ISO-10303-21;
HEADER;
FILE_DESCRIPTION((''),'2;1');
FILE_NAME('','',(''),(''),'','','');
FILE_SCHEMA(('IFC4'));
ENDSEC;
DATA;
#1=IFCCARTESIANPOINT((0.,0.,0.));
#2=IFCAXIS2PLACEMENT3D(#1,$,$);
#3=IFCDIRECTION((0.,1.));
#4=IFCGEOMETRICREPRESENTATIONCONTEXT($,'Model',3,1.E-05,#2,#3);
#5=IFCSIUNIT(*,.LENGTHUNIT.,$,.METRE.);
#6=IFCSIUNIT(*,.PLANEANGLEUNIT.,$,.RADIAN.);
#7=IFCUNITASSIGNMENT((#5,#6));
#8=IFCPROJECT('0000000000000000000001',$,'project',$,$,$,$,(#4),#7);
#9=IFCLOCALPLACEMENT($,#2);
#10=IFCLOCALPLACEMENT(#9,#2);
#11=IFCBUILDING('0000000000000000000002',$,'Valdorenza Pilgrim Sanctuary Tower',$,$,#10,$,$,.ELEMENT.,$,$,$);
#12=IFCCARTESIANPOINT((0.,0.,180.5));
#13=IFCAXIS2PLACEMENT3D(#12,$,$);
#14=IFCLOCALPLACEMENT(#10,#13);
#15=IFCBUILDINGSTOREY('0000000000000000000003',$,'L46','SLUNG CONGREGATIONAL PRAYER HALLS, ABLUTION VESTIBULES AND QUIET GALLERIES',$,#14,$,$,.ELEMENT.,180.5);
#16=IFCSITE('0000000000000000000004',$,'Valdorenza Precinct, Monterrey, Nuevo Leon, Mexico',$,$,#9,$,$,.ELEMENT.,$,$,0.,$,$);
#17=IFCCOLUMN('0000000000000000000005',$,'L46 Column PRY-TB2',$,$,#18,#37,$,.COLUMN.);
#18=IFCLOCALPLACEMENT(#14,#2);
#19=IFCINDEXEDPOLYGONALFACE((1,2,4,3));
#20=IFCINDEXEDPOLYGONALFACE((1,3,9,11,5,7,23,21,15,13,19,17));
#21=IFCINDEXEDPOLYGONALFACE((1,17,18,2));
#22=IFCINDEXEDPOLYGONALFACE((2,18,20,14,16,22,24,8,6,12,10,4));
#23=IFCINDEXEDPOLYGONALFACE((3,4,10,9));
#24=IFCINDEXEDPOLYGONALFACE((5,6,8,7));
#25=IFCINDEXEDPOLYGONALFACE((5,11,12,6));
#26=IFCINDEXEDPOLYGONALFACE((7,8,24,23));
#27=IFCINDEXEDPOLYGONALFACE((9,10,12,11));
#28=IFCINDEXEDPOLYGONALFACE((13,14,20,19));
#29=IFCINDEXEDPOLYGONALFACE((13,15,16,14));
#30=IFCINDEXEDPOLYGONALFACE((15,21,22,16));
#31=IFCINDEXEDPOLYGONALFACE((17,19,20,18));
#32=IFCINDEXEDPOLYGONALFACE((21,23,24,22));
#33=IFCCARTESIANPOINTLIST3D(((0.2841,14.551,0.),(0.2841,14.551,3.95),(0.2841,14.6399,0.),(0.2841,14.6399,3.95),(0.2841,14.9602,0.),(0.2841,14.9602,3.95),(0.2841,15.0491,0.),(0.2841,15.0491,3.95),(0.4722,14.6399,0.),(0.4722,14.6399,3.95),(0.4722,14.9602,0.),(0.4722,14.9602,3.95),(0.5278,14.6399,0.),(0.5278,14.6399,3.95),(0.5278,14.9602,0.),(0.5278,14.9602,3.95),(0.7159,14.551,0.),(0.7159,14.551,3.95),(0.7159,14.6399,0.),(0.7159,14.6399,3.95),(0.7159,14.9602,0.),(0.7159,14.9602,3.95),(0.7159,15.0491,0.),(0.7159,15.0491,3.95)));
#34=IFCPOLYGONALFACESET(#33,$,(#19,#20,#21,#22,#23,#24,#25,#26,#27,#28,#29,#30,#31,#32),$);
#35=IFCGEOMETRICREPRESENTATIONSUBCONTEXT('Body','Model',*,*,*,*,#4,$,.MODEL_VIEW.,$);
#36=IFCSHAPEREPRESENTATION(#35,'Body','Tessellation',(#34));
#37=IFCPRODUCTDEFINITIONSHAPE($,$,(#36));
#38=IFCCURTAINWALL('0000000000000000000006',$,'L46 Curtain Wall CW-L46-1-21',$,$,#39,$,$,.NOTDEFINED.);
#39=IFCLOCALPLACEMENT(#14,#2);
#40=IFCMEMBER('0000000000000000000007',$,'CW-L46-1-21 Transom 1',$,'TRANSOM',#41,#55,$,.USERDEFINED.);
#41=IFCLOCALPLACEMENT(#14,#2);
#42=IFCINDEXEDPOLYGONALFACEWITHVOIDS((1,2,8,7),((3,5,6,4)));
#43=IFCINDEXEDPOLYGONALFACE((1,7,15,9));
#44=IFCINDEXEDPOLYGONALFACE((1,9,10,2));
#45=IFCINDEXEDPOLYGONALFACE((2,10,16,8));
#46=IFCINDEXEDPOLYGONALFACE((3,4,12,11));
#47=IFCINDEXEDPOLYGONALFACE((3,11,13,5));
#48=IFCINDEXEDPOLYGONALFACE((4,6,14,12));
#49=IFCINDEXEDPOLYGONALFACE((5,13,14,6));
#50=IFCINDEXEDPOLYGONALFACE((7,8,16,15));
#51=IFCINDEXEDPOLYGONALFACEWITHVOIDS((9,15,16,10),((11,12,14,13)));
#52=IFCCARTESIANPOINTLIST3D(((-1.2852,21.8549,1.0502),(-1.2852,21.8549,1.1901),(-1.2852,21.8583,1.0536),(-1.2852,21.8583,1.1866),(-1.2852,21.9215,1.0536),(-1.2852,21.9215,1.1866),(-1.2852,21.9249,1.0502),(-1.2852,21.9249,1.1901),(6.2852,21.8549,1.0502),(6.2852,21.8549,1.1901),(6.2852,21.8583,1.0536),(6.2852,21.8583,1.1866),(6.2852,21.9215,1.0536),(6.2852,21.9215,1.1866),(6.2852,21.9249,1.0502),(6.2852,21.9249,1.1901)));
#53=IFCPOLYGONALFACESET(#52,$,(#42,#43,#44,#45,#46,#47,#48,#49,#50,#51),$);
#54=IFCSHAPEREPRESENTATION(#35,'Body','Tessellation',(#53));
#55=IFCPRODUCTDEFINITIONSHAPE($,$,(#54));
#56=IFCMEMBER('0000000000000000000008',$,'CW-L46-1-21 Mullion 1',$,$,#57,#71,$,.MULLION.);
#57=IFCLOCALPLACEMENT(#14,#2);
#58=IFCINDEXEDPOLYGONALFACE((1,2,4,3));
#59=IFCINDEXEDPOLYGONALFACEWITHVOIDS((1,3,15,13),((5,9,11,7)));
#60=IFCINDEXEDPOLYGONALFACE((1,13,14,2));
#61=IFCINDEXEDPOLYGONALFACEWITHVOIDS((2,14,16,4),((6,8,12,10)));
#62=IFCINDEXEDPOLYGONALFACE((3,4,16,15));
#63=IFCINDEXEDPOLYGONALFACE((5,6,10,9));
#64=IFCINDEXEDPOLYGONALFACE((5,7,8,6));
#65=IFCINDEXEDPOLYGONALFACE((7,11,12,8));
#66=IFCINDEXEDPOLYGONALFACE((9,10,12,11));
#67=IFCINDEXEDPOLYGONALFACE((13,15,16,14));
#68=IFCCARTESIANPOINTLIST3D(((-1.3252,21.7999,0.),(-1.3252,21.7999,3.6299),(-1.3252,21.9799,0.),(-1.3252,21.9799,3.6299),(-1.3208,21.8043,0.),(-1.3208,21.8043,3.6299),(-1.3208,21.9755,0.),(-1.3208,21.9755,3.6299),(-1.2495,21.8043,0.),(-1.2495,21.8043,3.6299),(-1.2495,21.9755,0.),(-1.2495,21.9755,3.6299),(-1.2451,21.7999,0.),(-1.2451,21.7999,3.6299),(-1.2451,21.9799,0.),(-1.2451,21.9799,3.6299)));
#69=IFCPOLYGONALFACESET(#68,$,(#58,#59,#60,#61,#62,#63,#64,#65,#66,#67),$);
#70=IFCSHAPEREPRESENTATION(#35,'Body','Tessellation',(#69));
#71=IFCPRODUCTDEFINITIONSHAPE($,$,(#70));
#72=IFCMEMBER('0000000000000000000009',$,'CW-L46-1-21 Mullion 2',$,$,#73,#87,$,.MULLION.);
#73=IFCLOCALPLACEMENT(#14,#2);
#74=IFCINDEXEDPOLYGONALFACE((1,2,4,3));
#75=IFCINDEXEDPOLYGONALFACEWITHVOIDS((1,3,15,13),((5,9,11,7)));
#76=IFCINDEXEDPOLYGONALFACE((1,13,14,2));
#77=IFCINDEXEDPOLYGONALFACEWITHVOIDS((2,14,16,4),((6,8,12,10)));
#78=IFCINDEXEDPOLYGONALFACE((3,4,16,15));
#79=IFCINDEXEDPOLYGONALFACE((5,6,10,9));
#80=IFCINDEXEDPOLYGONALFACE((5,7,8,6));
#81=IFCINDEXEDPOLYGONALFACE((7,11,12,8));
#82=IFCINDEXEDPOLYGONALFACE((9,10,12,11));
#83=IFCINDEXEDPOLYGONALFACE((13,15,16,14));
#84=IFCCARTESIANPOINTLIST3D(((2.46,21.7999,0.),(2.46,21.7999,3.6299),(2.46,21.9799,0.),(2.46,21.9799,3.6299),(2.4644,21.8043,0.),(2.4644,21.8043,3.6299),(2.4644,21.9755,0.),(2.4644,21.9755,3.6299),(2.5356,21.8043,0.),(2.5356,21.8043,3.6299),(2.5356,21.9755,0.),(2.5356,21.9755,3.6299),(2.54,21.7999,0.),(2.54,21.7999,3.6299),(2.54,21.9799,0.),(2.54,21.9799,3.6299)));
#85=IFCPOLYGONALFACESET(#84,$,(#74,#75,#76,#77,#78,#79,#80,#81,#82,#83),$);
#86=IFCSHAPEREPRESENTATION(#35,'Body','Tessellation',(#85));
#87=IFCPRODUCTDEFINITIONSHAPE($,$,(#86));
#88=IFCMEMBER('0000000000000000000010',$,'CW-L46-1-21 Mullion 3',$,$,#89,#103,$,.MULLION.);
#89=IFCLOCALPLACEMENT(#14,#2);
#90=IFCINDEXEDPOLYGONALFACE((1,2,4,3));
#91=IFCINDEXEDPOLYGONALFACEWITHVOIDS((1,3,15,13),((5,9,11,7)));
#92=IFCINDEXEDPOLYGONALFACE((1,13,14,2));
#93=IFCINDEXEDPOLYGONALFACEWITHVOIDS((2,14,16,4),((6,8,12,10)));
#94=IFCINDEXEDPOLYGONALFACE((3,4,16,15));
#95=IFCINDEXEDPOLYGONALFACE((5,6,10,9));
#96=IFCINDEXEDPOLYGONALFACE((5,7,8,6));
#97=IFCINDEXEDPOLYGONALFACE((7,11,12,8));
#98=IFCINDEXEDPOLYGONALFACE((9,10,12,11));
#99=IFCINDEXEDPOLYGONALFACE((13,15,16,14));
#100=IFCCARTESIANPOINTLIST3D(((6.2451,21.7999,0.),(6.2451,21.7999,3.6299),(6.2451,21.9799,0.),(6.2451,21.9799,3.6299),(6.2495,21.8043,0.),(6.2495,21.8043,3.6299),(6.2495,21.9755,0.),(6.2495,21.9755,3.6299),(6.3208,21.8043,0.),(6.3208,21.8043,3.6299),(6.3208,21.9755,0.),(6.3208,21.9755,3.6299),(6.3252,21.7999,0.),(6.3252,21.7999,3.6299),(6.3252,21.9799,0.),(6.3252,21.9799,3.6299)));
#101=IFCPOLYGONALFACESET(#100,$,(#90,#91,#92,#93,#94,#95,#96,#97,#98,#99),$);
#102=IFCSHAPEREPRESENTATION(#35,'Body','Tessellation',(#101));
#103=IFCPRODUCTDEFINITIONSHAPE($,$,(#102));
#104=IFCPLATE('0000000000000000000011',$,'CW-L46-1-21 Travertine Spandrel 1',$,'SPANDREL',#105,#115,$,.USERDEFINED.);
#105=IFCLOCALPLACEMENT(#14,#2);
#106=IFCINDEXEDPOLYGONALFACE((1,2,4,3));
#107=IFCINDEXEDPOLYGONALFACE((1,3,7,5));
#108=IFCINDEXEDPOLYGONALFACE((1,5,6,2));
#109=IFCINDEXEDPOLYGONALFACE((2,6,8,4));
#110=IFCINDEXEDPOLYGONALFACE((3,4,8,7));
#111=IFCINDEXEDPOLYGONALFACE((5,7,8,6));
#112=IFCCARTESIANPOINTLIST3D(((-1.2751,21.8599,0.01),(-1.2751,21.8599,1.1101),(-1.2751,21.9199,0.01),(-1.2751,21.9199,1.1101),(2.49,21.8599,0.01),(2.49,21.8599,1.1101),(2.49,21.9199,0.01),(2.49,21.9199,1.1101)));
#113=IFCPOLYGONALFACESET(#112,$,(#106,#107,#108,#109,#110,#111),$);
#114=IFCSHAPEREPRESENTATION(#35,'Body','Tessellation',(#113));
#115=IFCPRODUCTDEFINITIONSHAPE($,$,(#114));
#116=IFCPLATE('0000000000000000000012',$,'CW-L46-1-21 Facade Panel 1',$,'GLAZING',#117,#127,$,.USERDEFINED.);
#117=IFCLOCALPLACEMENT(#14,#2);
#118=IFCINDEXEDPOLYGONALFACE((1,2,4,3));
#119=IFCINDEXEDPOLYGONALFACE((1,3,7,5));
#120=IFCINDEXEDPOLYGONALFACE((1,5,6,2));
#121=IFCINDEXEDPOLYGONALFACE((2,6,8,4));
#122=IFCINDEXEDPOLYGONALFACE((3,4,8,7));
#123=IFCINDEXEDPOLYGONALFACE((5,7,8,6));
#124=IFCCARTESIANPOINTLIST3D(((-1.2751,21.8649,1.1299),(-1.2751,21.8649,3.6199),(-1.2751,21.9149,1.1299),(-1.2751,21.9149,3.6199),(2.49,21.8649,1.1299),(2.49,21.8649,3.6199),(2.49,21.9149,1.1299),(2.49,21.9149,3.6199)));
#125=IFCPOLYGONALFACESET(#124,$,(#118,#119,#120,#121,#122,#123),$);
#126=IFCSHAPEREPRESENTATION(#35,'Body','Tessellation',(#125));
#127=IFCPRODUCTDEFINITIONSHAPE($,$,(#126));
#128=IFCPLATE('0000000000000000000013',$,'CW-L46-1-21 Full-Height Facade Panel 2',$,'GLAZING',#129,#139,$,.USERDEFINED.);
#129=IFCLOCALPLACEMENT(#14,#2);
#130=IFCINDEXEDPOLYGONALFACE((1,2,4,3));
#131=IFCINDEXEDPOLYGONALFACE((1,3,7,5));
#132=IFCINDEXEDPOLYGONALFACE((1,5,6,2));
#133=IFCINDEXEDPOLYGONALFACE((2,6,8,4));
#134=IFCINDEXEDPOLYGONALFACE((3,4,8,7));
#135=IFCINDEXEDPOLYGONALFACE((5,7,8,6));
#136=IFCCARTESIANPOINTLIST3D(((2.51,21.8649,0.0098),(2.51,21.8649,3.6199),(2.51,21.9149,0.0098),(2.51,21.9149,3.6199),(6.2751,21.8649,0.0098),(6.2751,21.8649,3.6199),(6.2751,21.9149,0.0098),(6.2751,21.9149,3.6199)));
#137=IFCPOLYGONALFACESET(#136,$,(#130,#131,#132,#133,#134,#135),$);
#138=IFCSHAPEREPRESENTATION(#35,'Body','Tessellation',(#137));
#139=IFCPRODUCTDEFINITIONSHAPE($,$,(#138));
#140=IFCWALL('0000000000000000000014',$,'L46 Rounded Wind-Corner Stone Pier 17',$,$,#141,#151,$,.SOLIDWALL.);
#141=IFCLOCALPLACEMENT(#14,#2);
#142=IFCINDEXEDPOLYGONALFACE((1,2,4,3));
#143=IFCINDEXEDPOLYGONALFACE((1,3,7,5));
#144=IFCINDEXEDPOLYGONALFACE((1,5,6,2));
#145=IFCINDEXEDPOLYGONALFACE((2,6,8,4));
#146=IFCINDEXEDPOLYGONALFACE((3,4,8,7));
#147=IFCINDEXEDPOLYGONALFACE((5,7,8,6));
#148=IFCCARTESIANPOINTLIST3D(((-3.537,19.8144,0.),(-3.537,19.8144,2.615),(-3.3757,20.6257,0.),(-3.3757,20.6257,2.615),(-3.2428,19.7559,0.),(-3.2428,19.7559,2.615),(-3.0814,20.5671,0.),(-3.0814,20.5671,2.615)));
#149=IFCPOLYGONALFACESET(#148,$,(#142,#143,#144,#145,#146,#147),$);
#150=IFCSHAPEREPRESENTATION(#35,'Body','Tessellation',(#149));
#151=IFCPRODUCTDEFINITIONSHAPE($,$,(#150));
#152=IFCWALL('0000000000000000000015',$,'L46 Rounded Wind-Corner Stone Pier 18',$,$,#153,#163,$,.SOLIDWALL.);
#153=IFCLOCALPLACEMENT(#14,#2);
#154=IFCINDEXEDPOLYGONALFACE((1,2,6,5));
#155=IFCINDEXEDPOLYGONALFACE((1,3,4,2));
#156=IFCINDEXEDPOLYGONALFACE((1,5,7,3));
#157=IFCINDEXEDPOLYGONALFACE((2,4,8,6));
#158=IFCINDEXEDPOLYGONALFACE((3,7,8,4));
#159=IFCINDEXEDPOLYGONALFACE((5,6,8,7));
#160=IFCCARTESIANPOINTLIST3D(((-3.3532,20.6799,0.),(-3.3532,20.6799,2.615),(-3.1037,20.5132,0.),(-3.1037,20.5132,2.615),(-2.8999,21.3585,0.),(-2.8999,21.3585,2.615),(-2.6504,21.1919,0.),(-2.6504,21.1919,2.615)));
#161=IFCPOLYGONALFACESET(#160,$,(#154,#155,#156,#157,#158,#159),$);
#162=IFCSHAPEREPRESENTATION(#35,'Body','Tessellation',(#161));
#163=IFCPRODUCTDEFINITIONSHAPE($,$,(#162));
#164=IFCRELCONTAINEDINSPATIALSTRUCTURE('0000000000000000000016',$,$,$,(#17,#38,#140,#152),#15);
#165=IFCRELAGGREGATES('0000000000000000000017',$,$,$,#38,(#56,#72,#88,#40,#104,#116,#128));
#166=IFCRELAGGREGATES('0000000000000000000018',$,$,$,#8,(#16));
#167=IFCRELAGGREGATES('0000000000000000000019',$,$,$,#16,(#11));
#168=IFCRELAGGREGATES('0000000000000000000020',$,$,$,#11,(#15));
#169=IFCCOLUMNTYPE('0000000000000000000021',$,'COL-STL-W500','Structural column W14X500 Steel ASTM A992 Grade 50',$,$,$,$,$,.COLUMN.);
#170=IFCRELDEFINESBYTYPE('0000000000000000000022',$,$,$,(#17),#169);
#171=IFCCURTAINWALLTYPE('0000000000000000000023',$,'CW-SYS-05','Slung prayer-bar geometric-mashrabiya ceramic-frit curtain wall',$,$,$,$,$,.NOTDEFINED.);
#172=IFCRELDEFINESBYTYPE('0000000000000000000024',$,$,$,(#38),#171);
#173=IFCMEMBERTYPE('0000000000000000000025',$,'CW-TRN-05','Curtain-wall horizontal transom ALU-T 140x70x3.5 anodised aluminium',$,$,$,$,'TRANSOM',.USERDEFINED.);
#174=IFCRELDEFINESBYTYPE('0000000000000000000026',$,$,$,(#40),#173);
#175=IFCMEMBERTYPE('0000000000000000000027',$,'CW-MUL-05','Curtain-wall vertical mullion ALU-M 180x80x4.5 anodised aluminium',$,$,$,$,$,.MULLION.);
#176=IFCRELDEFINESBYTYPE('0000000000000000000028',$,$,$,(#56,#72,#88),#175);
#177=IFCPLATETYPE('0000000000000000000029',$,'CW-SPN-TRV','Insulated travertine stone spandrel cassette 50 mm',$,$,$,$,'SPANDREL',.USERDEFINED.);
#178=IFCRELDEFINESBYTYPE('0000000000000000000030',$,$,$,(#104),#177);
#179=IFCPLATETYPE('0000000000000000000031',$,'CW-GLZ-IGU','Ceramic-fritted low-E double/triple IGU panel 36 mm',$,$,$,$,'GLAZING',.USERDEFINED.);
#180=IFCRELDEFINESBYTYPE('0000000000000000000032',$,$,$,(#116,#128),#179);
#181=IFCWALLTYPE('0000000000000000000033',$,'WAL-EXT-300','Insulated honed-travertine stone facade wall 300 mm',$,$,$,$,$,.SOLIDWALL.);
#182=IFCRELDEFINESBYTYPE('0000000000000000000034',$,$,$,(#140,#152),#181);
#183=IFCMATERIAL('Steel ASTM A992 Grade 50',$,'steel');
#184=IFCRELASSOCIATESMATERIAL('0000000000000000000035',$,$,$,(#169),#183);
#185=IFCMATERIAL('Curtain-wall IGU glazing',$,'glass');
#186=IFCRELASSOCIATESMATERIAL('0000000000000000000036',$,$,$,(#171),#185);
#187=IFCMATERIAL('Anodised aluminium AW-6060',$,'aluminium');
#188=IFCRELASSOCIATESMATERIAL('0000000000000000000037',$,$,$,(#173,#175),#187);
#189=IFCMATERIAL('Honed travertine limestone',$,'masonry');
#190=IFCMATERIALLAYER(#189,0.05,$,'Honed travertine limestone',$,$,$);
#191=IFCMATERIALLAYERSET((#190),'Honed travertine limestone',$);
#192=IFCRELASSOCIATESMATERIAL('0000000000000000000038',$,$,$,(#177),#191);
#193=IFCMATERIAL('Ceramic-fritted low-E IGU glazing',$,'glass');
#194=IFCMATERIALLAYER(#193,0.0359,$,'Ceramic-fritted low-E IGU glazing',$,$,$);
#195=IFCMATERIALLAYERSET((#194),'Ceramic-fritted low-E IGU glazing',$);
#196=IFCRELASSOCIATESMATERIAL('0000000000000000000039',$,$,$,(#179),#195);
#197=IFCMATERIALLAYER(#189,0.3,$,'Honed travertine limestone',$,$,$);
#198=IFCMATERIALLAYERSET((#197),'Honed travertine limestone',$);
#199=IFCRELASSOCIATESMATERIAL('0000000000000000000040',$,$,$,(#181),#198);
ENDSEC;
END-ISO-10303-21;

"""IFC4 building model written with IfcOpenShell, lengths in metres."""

from ifc_helpers import new_model, si_unit, direction, frame, frame_2d, origin, origin_2d, place, context, subcontext, project, spatial, rectangle, hollow_rectangle, i_section, extrude, source, transform, mapped, material, layer, layer_set, material_profile, profile_set, type_object, element, aggregate, save


model = new_model("IFC4")

# Units and contexts
model_context = context("Model", 3, precision=1e-05, world=origin(), true_north=direction((0.0, 1.0)))
body_context = subcontext(model_context, "Body", "Model", "MODEL_VIEW")
ifc_project = project(units=[si_unit("LENGTHUNIT", "METRE"), si_unit("PLANEANGLEUNIT", "RADIAN")], contexts=[model_context])

# Site, building, storey
site_placement = place(None, origin())
site = spatial("IfcSite", under=ifc_project, at=site_placement, Name="Valdorenza Precinct, Monterrey, Nuevo Leon, Mexico", CompositionType="ELEMENT", RefElevation=0.0)
building_placement = place(site_placement, origin())
building = spatial("IfcBuilding", under=site, at=building_placement, Name="Valdorenza Pilgrim Sanctuary Tower", CompositionType="ELEMENT")
storey_placement = place(building_placement, frame((0.0, 0.0, 180.5)))
storey = spatial("IfcBuildingStorey", under=building, at=storey_placement, Name="L46", Description="SLUNG CONGREGATIONAL PRAYER HALLS, ABLUTION VESTIBULES AND QUIET GALLERIES", CompositionType="ELEMENT", Elevation=180.5)

# Column
ifc_material_1 = material(Name="Steel ASTM A992 Grade 50", Category="steel")
ifc_material_profile_1 = material_profile(ifc_material_1, i_section(OverallWidth=0.4319, OverallDepth=0.498, WebThickness=0.0557, FlangeThickness=0.0889, at=origin_2d()), Name="W14X500")
ifc_profile_set_1 = profile_set([ifc_material_profile_1], Name="Steel ASTM A992 Grade 50")
column_type = type_object("IfcColumnType", Name="COL-STL-W500", Description="Structural column W14X500 Steel ASTM A992 Grade 50", PredefinedType="COLUMN", material=ifc_profile_set_1)
shared_shape_1 = source(origin(), body_context, "Body", "SweptSolid", [
    extrude(i_section(OverallWidth=0.4319, OverallDepth=0.498, WebThickness=0.0557, FlangeThickness=0.0889, at=origin_2d()), origin(), (0.0, 0.0, 1.0), 3.95),
])
column_placement = place(storey_placement, frame((0.5, 14.8, 0.0), z_axis=(0.0, 0.0, 1.0), x_axis=(1.0, 0.0, 0.0)))
element("IfcColumn", 1, at=column_placement, inside=storey, type_object=column_type, Name="L46 Column PRY-TB2", PredefinedType="COLUMN", context=body_context, shape_type="MappedRepresentation", body=[
    mapped(shared_shape_1, transform((0.0, 0.0, 0.0), x_axis=(1.0, 0.0, 0.0), y_axis=(0.0, 1.0, 0.0), z_axis=(0.0, 0.0, 1.0), scale=1.0)),
])

# Curtain wall, members, plates
ifc_material_2 = material(Name="Curtain-wall IGU glazing", Category="glass")
curtain_wall_type = type_object("IfcCurtainWallType", Name="CW-SYS-05", Description="Slung prayer-bar geometric-mashrabiya ceramic-frit curtain wall", PredefinedType="NOTDEFINED", material=ifc_material_2)
curtain_wall_placement = place(storey_placement, origin())
curtain_wall = element("IfcCurtainWall", 2, at=curtain_wall_placement, inside=storey, type_object=curtain_wall_type, Name="L46 Curtain Wall CW-L46-1-21", PredefinedType="NOTDEFINED")
ifc_material_3 = material(Name="Anodised aluminium AW-6060", Category="aluminium")
ifc_material_profile_2 = material_profile(ifc_material_3, hollow_rectangle(XDim=0.0701, YDim=0.1399, WallThickness=0.0034, at=origin_2d()), Name="ALU-T 140x70x3.5")
ifc_profile_set_2 = profile_set([ifc_material_profile_2], Name="Anodised aluminium AW-6060")
member_type_1 = type_object("IfcMemberType", Name="CW-TRN-05", Description="Curtain-wall horizontal transom ALU-T 140x70x3.5 anodised aluminium", ElementType="TRANSOM", PredefinedType="USERDEFINED", material=ifc_profile_set_2)
shared_shape_2 = source(origin(), body_context, "Body", "SweptSolid", [
    extrude(hollow_rectangle(XDim=0.0701, YDim=0.1399, WallThickness=0.0034, at=origin_2d()), origin(), (0.0, 0.0, 1.0), 7.5703),
])
member_1_placement = place(storey_placement, frame((-1.2852, 21.8899, 1.1201), z_axis=(1.0, 0.0, 0.0), x_axis=(0.0, 1.0, 0.0)))
member_1 = element("IfcMember", 3, at=member_1_placement, type_object=member_type_1, Name="CW-L46-1-21 Transom 1", ObjectType="TRANSOM", PredefinedType="USERDEFINED", context=body_context, shape_type="MappedRepresentation", body=[
    mapped(shared_shape_2, transform((0.0, 0.0, 0.0), x_axis=(1.0, 0.0, 0.0), y_axis=(0.0, 1.0, 0.0), z_axis=(0.0, 0.0, 1.0), scale=1.0)),
])
ifc_material_profile_3 = material_profile(ifc_material_3, hollow_rectangle(XDim=0.0801, YDim=0.1799, WallThickness=0.0044, at=origin_2d()), Name="ALU-M 180x80x4.5")
ifc_profile_set_3 = profile_set([ifc_material_profile_3], Name="Anodised aluminium AW-6060")
member_type_2 = type_object("IfcMemberType", Name="CW-MUL-05", Description="Curtain-wall vertical mullion ALU-M 180x80x4.5 anodised aluminium", PredefinedType="MULLION", material=ifc_profile_set_3)
shared_shape_3 = source(origin(), body_context, "Body", "SweptSolid", [
    extrude(hollow_rectangle(XDim=0.0801, YDim=0.1799, WallThickness=0.0044, at=origin_2d()), origin(), (0.0, 0.0, 1.0), 3.6299),
])
member_2_placement = place(storey_placement, frame((-1.2852, 21.8899, 0.0), z_axis=(0.0, 0.0, 1.0), x_axis=(1.0, 0.0, 0.0)))
member_2 = element("IfcMember", 4, at=member_2_placement, type_object=member_type_2, Name="CW-L46-1-21 Mullion 1", PredefinedType="MULLION", context=body_context, shape_type="MappedRepresentation", body=[
    mapped(shared_shape_3, transform((0.0, 0.0, 0.0), x_axis=(1.0, 0.0, 0.0), y_axis=(0.0, 1.0, 0.0), z_axis=(0.0, 0.0, 1.0), scale=1.0)),
])
member_3_placement = place(storey_placement, frame((2.5, 21.8899, 0.0), z_axis=(0.0, 0.0, 1.0), x_axis=(1.0, 0.0, 0.0)))
member_3 = element("IfcMember", 5, at=member_3_placement, type_object=member_type_2, Name="CW-L46-1-21 Mullion 2", PredefinedType="MULLION", context=body_context, shape_type="MappedRepresentation", body=[
    mapped(shared_shape_3, transform((0.0, 0.0, 0.0), x_axis=(1.0, 0.0, 0.0), y_axis=(0.0, 1.0, 0.0), z_axis=(0.0, 0.0, 1.0), scale=1.0)),
])
member_4_placement = place(storey_placement, frame((6.2852, 21.8899, 0.0), z_axis=(0.0, 0.0, 1.0), x_axis=(1.0, 0.0, 0.0)))
member_4 = element("IfcMember", 6, at=member_4_placement, type_object=member_type_2, Name="CW-L46-1-21 Mullion 3", PredefinedType="MULLION", context=body_context, shape_type="MappedRepresentation", body=[
    mapped(shared_shape_3, transform((0.0, 0.0, 0.0), x_axis=(1.0, 0.0, 0.0), y_axis=(0.0, 1.0, 0.0), z_axis=(0.0, 0.0, 1.0), scale=1.0)),
])
ifc_material_4 = material(Name="Honed travertine limestone", Category="masonry")
ifc_layer_1 = layer(ifc_material_4, 0.05, Name="Honed travertine limestone")
ifc_layer_set_1 = layer_set([ifc_layer_1], Name="Honed travertine limestone")
plate_type_1 = type_object("IfcPlateType", Name="CW-SPN-TRV", Description="Insulated travertine stone spandrel cassette 50 mm", ElementType="SPANDREL", PredefinedType="USERDEFINED", material=ifc_layer_set_1)
shared_shape_4 = source(origin(), body_context, "Body", "SweptSolid", [
    extrude(rectangle(XDim=3.7651, YDim=0.0601, at=origin_2d()), origin(), (0.0, 0.0, 1.0), 1.1001),
])
plate_1_placement = place(storey_placement, frame((0.6074, 21.8899, 0.01), z_axis=(0.0, 0.0, 1.0), x_axis=(1.0, 0.0, 0.0)))
plate_1 = element("IfcPlate", 7, at=plate_1_placement, type_object=plate_type_1, Name="CW-L46-1-21 Travertine Spandrel 1", ObjectType="SPANDREL", PredefinedType="USERDEFINED", context=body_context, shape_type="MappedRepresentation", body=[
    mapped(shared_shape_4, transform((0.0, 0.0, 0.0), x_axis=(1.0, 0.0, 0.0), y_axis=(0.0, 1.0, 0.0), z_axis=(0.0, 0.0, 1.0), scale=1.0)),
])
ifc_material_5 = material(Name="Ceramic-fritted low-E IGU glazing", Category="glass")
ifc_layer_2 = layer(ifc_material_5, 0.0359, Name="Ceramic-fritted low-E IGU glazing")
ifc_layer_set_2 = layer_set([ifc_layer_2], Name="Ceramic-fritted low-E IGU glazing")
plate_type_2 = type_object("IfcPlateType", Name="CW-GLZ-IGU", Description="Ceramic-fritted low-E double/triple IGU panel 36 mm", ElementType="GLAZING", PredefinedType="USERDEFINED", material=ifc_layer_set_2)
shared_shape_5 = source(origin(), body_context, "Body", "SweptSolid", [
    extrude(rectangle(XDim=3.7651, YDim=0.05, at=origin_2d()), origin(), (0.0, 0.0, 1.0), 2.49),
])
plate_2_placement = place(storey_placement, frame((0.6074, 21.8899, 1.1299), z_axis=(0.0, 0.0, 1.0), x_axis=(1.0, 0.0, 0.0)))
plate_2 = element("IfcPlate", 8, at=plate_2_placement, type_object=plate_type_2, Name="CW-L46-1-21 Facade Panel 1", ObjectType="GLAZING", PredefinedType="USERDEFINED", context=body_context, shape_type="MappedRepresentation", body=[
    mapped(shared_shape_5, transform((0.0, 0.0, 0.0), x_axis=(1.0, 0.0, 0.0), y_axis=(0.0, 1.0, 0.0), z_axis=(0.0, 0.0, 1.0), scale=1.0)),
])
shared_shape_6 = source(origin(), body_context, "Body", "SweptSolid", [
    extrude(rectangle(XDim=3.7651, YDim=0.05, at=origin_2d()), origin(), (0.0, 0.0, 1.0), 3.6101),
])
plate_3_placement = place(storey_placement, frame((4.3926, 21.8899, 0.0098), z_axis=(0.0, 0.0, 1.0), x_axis=(1.0, 0.0, 0.0)))
plate_3 = element("IfcPlate", 9, at=plate_3_placement, type_object=plate_type_2, Name="CW-L46-1-21 Full-Height Facade Panel 2", ObjectType="GLAZING", PredefinedType="USERDEFINED", context=body_context, shape_type="MappedRepresentation", body=[
    mapped(shared_shape_6, transform((0.0, 0.0, 0.0), x_axis=(1.0, 0.0, 0.0), y_axis=(0.0, 1.0, 0.0), z_axis=(0.0, 0.0, 1.0), scale=1.0)),
])
aggregate(curtain_wall, [member_2, member_3, member_4, member_1, plate_1, plate_2, plate_3])

# Walls
ifc_layer_3 = layer(ifc_material_4, 0.3, Name="Honed travertine limestone")
ifc_layer_set_3 = layer_set([ifc_layer_3], Name="Honed travertine limestone")
wall_type_1 = type_object("IfcWallType", Name="WAL-EXT-300", Description="Insulated honed-travertine stone facade wall 300 mm", PredefinedType="SOLIDWALL", material=ifc_layer_set_3)
wall_1_placement = place(storey_placement, frame((-3.3899, 19.7852, 0.0), z_axis=(0.0, 0.0, 1.0), x_axis=(0.195094, 0.980784, 0.0)))
element("IfcWall", 10, at=wall_1_placement, inside=storey, type_object=wall_type_1, Name="L46 Rounded Wind-Corner Stone Pier 17", PredefinedType="SOLIDWALL", context=body_context, shape_type="SweptSolid", body=[
    extrude(rectangle(XDim=0.8271, YDim=0.3, at=frame_2d((0.4136, 0.0))), origin(), (0.0, 0.0, 1.0), 2.615),
])
wall_2_placement = place(storey_placement, frame((-3.2285, 20.5964, 0.0), z_axis=(0.0, 0.0, 1.0), x_axis=(0.555459, 0.831544, 0.0)))
element("IfcWall", 11, at=wall_2_placement, inside=storey, type_object=wall_type_1, Name="L46 Rounded Wind-Corner Stone Pier 18", PredefinedType="SOLIDWALL", context=body_context, shape_type="SweptSolid", body=[
    extrude(rectangle(XDim=0.8162, YDim=0.3, at=frame_2d((0.4082, 0.0))), origin(), (0.0, 0.0, 1.0), 2.615),
])

save(model, "model.ifc")
